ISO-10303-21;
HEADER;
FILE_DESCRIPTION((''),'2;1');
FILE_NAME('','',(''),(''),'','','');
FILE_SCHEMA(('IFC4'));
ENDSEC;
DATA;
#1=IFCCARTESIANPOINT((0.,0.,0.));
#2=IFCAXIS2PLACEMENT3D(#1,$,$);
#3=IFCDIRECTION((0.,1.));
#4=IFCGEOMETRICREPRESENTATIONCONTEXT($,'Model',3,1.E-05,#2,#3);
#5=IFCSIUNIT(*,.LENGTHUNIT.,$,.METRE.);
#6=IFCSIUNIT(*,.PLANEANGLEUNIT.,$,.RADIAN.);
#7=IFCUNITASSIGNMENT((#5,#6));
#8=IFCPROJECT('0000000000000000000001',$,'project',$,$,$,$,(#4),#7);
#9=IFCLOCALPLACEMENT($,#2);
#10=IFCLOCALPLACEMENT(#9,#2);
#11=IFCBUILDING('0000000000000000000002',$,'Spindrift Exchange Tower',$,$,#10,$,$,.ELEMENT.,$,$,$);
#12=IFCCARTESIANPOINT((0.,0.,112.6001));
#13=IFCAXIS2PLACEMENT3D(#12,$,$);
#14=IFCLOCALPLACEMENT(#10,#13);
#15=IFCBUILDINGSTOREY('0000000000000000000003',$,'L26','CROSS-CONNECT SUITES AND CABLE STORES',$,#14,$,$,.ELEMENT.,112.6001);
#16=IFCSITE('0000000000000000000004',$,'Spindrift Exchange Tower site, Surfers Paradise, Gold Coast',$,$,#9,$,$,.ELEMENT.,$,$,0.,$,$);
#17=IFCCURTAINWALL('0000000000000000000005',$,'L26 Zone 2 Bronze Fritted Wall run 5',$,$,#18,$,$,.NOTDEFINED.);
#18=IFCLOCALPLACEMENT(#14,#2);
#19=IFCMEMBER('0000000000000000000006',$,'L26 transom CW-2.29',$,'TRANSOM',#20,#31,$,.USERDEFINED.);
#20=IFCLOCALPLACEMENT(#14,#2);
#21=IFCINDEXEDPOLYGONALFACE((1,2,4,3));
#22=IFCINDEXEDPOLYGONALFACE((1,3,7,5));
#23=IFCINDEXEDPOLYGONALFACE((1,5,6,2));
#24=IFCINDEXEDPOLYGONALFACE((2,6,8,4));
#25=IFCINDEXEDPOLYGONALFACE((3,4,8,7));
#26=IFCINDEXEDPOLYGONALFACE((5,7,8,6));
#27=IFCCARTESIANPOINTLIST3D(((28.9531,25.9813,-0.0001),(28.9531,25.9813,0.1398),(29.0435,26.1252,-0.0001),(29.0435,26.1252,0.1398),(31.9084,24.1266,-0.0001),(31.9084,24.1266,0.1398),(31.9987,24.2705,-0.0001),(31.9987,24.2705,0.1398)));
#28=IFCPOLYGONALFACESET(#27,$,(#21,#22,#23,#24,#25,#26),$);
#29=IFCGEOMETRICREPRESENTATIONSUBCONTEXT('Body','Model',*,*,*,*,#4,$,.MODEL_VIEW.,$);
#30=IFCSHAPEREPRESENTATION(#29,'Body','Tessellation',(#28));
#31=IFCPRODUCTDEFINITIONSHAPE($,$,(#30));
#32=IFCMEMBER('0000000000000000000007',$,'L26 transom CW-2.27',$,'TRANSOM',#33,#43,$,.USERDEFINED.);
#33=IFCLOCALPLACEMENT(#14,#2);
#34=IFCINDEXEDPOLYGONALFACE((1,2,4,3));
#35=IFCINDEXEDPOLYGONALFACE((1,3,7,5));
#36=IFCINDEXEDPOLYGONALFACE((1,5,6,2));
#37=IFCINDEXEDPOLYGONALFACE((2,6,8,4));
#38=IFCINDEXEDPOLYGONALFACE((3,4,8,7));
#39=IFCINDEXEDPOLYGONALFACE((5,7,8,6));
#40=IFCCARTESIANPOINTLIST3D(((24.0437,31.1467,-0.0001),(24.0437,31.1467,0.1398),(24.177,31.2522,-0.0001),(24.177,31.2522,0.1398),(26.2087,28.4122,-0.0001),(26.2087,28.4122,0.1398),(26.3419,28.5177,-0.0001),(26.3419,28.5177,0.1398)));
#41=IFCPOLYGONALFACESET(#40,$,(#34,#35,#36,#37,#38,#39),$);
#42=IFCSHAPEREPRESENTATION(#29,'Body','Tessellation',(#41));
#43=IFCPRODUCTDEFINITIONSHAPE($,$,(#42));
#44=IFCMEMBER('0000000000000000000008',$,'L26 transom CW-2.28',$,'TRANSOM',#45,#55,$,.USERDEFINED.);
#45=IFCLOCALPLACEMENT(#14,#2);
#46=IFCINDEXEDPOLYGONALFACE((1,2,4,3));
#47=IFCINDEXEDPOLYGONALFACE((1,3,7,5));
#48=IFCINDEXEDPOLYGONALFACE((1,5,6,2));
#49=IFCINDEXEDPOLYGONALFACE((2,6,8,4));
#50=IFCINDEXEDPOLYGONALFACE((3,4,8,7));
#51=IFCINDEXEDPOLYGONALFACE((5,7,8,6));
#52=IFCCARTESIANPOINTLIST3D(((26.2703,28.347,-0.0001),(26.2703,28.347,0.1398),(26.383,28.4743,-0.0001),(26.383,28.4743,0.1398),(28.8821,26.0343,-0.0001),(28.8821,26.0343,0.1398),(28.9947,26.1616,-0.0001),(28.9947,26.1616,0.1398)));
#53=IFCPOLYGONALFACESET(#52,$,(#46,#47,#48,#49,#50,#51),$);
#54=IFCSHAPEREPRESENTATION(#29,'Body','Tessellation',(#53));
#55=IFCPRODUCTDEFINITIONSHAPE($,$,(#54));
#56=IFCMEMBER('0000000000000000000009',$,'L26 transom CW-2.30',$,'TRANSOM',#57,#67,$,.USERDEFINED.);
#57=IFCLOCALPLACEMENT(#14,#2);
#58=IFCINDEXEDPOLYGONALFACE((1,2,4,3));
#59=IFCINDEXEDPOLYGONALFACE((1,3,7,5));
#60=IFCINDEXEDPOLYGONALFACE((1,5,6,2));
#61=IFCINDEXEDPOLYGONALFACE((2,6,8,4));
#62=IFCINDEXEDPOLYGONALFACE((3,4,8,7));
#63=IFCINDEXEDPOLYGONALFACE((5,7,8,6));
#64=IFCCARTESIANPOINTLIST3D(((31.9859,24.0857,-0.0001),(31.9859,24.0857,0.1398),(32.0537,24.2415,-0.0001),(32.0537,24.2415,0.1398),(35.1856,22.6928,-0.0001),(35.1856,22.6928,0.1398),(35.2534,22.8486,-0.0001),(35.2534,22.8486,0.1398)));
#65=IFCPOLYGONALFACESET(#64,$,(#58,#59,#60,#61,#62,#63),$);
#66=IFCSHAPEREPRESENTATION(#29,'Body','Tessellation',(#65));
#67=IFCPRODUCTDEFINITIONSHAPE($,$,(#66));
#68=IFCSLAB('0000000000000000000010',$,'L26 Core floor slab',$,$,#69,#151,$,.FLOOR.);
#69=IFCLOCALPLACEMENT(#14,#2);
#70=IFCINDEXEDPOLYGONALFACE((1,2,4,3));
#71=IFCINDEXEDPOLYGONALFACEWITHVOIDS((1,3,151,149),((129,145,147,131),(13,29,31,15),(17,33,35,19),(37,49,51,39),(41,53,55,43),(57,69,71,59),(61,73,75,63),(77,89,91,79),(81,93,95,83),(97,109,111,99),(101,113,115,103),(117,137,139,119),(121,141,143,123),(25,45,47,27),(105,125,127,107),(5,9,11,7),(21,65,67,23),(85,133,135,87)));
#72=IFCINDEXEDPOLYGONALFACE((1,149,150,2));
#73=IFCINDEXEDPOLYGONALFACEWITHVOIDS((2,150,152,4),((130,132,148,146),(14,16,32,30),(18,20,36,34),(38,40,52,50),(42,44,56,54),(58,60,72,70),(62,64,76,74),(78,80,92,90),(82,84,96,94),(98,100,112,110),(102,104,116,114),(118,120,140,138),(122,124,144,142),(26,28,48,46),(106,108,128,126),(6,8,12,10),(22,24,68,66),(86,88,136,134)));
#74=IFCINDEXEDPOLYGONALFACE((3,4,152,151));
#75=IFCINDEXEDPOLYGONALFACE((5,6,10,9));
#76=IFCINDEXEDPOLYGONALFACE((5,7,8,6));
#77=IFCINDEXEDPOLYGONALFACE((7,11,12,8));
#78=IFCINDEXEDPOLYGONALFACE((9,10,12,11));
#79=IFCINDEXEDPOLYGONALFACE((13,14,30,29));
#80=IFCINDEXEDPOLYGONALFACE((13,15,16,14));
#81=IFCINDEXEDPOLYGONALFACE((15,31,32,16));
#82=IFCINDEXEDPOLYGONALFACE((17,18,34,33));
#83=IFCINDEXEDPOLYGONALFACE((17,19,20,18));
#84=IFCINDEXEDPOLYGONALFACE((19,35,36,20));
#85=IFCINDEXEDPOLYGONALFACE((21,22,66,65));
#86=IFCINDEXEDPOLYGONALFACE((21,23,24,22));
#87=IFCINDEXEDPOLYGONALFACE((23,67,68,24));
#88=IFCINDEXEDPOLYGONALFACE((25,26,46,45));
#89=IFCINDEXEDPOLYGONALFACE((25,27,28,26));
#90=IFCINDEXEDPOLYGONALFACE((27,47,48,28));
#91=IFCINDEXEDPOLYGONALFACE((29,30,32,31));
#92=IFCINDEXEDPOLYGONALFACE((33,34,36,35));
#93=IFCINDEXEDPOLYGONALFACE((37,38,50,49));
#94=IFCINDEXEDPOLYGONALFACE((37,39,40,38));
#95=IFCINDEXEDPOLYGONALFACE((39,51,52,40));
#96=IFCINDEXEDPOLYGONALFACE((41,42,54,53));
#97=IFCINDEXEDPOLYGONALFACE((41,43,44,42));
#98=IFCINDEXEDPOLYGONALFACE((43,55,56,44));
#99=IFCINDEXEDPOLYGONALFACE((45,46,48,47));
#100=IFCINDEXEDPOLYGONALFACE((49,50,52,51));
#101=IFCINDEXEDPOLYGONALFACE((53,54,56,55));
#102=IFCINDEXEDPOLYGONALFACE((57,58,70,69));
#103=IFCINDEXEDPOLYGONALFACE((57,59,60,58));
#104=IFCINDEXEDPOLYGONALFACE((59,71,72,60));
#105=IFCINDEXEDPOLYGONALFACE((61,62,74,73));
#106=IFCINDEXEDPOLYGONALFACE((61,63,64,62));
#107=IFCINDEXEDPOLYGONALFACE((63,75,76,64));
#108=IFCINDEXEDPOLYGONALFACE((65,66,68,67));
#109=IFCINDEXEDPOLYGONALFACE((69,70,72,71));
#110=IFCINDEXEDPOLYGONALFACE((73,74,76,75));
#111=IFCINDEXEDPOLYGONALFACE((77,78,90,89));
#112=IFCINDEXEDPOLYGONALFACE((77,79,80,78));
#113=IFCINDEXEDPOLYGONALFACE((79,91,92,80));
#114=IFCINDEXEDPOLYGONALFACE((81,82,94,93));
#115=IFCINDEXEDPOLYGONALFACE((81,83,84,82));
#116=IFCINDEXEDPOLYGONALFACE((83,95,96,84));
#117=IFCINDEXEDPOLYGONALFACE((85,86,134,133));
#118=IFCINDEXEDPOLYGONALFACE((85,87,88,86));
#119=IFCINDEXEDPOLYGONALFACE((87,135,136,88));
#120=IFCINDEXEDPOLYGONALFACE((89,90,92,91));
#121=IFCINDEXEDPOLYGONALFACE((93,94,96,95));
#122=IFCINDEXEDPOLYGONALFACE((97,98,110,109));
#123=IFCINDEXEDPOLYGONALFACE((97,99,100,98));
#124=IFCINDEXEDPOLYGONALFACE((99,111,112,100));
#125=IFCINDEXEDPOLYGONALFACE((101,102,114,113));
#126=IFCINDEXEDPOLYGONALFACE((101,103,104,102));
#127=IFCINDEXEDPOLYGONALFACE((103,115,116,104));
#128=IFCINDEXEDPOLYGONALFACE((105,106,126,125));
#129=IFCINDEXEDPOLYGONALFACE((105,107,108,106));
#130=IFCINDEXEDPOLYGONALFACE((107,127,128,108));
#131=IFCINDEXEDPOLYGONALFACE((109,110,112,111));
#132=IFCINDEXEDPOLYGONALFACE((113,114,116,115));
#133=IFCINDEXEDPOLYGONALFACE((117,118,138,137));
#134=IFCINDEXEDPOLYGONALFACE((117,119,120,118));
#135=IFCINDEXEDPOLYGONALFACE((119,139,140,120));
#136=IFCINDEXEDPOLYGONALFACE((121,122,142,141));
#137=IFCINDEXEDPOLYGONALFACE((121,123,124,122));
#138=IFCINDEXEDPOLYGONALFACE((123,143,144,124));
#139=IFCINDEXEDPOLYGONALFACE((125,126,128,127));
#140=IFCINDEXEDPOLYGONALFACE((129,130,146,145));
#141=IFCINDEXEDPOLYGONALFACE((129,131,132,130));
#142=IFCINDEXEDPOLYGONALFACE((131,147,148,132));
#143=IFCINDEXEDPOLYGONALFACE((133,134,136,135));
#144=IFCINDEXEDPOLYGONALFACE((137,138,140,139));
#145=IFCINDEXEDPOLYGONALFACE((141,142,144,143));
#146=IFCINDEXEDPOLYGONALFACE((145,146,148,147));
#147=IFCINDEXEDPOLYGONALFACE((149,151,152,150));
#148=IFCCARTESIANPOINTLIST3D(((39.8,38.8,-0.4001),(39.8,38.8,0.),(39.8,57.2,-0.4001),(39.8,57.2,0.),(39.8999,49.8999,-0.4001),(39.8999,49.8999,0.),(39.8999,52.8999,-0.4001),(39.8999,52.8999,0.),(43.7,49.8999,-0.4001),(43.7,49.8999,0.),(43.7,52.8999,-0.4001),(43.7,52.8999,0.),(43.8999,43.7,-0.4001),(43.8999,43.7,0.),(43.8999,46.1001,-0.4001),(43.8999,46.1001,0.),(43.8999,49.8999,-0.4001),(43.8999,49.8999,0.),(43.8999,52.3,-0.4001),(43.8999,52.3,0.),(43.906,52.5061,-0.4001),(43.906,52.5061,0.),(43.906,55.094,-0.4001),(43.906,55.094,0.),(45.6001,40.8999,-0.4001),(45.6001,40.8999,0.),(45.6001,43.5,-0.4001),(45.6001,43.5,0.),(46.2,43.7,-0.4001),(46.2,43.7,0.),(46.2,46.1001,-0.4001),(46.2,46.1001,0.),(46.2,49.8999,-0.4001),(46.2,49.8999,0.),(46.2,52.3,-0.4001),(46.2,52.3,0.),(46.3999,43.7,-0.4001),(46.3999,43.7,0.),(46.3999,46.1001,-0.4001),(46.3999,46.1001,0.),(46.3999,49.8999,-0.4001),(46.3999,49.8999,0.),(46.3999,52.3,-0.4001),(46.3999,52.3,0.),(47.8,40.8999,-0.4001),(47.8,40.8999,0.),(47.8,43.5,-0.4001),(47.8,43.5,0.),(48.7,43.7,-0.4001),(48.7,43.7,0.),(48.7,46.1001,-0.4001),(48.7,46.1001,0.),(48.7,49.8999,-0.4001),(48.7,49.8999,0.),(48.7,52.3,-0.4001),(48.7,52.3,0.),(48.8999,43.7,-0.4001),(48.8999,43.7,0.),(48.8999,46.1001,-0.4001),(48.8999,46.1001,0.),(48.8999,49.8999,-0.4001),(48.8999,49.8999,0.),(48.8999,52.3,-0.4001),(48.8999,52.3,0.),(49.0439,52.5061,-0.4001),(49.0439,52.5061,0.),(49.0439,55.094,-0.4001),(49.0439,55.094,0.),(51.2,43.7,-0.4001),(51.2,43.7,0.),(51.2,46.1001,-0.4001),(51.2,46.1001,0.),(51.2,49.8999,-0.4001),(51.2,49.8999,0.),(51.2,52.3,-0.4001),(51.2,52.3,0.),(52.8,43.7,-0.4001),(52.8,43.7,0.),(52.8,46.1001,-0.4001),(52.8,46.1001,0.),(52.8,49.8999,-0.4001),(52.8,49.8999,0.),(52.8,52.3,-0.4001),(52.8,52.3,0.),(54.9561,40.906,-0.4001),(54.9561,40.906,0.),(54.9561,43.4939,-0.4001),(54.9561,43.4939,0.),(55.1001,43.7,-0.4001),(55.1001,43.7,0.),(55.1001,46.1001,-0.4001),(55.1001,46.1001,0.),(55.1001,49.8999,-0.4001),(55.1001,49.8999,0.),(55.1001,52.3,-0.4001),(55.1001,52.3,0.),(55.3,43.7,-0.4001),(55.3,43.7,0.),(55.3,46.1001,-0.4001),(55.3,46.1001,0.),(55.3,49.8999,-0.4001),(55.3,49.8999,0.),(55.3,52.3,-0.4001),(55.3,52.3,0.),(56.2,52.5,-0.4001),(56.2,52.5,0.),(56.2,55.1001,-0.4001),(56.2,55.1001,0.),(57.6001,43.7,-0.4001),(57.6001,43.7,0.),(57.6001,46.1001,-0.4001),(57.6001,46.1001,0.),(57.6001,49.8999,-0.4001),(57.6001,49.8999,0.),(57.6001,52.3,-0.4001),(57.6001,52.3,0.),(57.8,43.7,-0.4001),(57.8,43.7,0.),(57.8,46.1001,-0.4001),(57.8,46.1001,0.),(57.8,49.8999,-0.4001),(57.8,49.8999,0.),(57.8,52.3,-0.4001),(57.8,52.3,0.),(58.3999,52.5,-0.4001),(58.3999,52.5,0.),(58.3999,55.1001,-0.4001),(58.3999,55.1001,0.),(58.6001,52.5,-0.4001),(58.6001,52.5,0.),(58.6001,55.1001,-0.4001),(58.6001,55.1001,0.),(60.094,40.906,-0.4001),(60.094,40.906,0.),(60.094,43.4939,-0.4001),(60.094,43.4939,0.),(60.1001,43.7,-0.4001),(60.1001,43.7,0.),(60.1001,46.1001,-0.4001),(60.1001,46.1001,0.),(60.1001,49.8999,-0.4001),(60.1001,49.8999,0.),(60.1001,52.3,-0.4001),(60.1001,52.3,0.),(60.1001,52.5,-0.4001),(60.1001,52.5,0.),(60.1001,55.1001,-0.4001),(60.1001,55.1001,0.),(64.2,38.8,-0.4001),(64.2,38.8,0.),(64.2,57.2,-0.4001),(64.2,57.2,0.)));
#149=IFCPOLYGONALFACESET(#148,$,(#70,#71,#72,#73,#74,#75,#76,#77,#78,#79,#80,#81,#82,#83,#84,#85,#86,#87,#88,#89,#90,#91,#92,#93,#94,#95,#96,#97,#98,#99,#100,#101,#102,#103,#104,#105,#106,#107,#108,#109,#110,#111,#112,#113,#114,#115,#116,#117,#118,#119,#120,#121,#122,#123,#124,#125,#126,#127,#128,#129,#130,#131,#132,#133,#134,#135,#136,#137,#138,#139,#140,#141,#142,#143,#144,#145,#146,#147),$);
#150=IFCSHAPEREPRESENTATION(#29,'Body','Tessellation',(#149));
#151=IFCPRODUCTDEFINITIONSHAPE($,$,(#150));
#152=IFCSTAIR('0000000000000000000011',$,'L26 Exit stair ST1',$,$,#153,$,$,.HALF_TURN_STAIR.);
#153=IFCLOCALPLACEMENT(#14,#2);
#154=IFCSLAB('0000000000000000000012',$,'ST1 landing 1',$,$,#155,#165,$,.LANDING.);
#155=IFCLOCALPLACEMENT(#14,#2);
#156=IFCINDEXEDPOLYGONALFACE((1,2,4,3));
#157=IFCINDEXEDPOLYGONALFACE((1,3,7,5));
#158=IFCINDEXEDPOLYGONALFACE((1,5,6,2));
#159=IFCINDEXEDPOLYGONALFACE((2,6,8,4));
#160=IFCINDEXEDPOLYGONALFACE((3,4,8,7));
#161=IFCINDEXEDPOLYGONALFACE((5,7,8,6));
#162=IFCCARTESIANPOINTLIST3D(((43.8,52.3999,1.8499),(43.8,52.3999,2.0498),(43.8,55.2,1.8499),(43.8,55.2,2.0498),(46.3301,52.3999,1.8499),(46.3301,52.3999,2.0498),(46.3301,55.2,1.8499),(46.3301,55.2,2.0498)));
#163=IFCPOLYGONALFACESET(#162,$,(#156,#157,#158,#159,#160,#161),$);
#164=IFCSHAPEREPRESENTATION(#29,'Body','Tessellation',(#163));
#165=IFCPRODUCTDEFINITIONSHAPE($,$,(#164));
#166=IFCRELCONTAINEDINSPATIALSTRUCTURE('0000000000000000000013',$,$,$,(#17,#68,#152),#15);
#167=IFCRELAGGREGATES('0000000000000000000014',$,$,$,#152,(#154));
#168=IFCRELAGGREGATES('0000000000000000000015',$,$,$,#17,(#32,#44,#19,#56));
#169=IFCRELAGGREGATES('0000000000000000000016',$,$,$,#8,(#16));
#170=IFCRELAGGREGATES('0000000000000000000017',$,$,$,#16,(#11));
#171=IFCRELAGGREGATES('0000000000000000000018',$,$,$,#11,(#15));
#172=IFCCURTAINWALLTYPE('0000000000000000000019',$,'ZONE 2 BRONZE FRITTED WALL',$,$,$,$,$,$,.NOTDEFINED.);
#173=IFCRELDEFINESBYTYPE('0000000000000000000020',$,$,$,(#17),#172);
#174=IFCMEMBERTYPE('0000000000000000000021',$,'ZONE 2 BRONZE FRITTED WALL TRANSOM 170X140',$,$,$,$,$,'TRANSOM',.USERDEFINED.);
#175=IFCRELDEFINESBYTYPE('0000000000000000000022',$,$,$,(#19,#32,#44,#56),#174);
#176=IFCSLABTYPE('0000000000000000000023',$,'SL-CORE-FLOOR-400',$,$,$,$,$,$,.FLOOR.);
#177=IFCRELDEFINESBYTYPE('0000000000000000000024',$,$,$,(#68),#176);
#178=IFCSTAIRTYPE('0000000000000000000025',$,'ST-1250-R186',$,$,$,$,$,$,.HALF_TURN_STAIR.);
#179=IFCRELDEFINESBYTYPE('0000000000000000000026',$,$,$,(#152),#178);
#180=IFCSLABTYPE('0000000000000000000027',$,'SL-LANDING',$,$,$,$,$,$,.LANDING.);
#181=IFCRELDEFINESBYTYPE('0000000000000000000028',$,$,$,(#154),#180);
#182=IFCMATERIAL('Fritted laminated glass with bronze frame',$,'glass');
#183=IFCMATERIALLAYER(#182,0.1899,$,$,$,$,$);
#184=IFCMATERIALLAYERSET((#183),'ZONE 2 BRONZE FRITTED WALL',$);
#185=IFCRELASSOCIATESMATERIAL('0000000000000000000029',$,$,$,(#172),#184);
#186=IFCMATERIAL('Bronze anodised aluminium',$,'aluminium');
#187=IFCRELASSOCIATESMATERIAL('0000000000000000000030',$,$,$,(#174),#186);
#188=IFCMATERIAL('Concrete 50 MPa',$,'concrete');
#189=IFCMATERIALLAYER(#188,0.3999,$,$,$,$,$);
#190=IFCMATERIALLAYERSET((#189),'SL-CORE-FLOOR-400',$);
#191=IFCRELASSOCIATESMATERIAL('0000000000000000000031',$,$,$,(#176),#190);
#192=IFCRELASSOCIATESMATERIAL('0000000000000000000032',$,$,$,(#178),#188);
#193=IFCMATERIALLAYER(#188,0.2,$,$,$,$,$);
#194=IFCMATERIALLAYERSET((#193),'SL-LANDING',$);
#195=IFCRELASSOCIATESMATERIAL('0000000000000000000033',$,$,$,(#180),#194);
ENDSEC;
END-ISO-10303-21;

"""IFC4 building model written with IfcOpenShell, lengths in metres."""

from ifc_helpers import new_model, si_unit, direction, frame, origin, origin_2d, place, context, subcontext, project, spatial, line, indexed_curve, rectangle, outline, extrude, source, transform, mapped, material, layer, layer_set, material_profile, profile_set, type_object, element, aggregate, save


model = new_model("IFC4")

# Units and contexts
model_context = context("Model", 3, precision=1e-05, world=origin(), true_north=direction((0.0, 1.0)))
body_context = subcontext(model_context, "Body", "Model", "MODEL_VIEW")
ifc_project = project(units=[si_unit("LENGTHUNIT", "METRE"), si_unit("PLANEANGLEUNIT", "RADIAN")], contexts=[model_context])

# Site, building, storey
site_placement = place(None, origin())
site = spatial("IfcSite", under=ifc_project, at=site_placement, Name="Spindrift Exchange Tower site, Surfers Paradise, Gold Coast", CompositionType="ELEMENT", RefElevation=0.0)
building_placement = place(site_placement, origin())
building = spatial("IfcBuilding", under=site, at=building_placement, Name="Spindrift Exchange Tower", CompositionType="ELEMENT")
storey_placement = place(building_placement, frame((0.0, 0.0, 112.6001)))
storey = spatial("IfcBuildingStorey", under=building, at=storey_placement, Name="L26", Description="CROSS-CONNECT SUITES AND CABLE STORES", CompositionType="ELEMENT", Elevation=112.6001)

# Curtain wall
ifc_material_1 = material(Name="Fritted laminated glass with bronze frame", Category="glass")
ifc_layer_1 = layer(ifc_material_1, 0.1899)
ifc_layer_set_1 = layer_set([ifc_layer_1], Name="ZONE 2 BRONZE FRITTED WALL")
curtain_wall_type = type_object("IfcCurtainWallType", Name="ZONE 2 BRONZE FRITTED WALL", PredefinedType="NOTDEFINED", material=ifc_layer_set_1)
curtain_wall_1_placement = place(storey_placement, origin())
curtain_wall_1 = element("IfcCurtainWall", 1, at=curtain_wall_1_placement, inside=storey, type_object=curtain_wall_type, Name="L26 Zone 2 Bronze Fritted Wall run 5", PredefinedType="NOTDEFINED")
ifc_material_2 = material(Name="Bronze anodised aluminium", Category="aluminium")
ifc_material_profile_1 = material_profile(ifc_material_2, rectangle(XDim=0.1699, YDim=0.1399, at=origin_2d()), Name="ZONE 2 BRONZE FRITTED WALL TRANSOM 170X140")
ifc_profile_set_1 = profile_set([ifc_material_profile_1], Name="Bronze anodised aluminium")
member_type_1 = type_object("IfcMemberType", Name="ZONE 2 BRONZE FRITTED WALL TRANSOM 170X140", ElementType="TRANSOM", PredefinedType="USERDEFINED", material=ifc_profile_set_1)

# Members
shared_shape_1 = source(origin(), body_context, "Body", "SweptSolid", [
    extrude(rectangle(XDim=0.1699, YDim=0.1399, at=origin_2d()), origin(), (0.0, 0.0, 1.0), 3.489),
])
member_1_placement = place(storey_placement, frame((28.9983, 26.0532, 0.0698), z_axis=(0.84701, -0.531577, 0.0), x_axis=(0.531577, 0.84701, 0.0)))
member_1 = element("IfcMember", 2, at=member_1_placement, type_object=member_type_1, Name="L26 transom CW-2.29", ObjectType="TRANSOM", PredefinedType="USERDEFINED", context=body_context, shape_type="MappedRepresentation", body=[
    mapped(shared_shape_1, transform((0.0, 0.0, 0.0), scale=1.0)),
])
shared_shape_2 = source(origin(), body_context, "Body", "SweptSolid", [
    extrude(rectangle(XDim=0.1699, YDim=0.1399, at=origin_2d()), origin(), (0.0, 0.0, 1.0), 3.4878),
])
member_2_placement = place(storey_placement, frame((24.1104, 31.1995, 0.0698), z_axis=(0.620726, -0.784027, 0.0), x_axis=(0.784027, 0.620726, 0.0)))
member_2 = element("IfcMember", 3, at=member_2_placement, type_object=member_type_1, Name="L26 transom CW-2.27", ObjectType="TRANSOM", PredefinedType="USERDEFINED", context=body_context, shape_type="MappedRepresentation", body=[
    mapped(shared_shape_2, transform((0.0, 0.0, 0.0), scale=1.0)),
])
shared_shape_3 = source(origin(), body_context, "Body", "SweptSolid", [
    extrude(rectangle(XDim=0.1699, YDim=0.1399, at=origin_2d()), origin(), (0.0, 0.0, 1.0), 3.4885),
])
member_3_placement = place(storey_placement, frame((26.3267, 28.4106, 0.0698), z_axis=(0.748671, -0.662942, 0.0), x_axis=(0.662942, 0.748671, 0.0)))
member_3 = element("IfcMember", 4, at=member_3_placement, type_object=member_type_1, Name="L26 transom CW-2.28", ObjectType="TRANSOM", PredefinedType="USERDEFINED", context=body_context, shape_type="MappedRepresentation", body=[
    mapped(shared_shape_3, transform((0.0, 0.0, 0.0), scale=1.0)),
])
shared_shape_4 = source(origin(), body_context, "Body", "SweptSolid", [
    extrude(rectangle(XDim=0.1699, YDim=0.1399, at=origin_2d()), origin(), (0.0, 0.0, 1.0), 3.4897),
])
member_4_placement = place(storey_placement, frame((32.0198, 24.1636, 0.0698), z_axis=(0.916898, -0.399123, 0.0), x_axis=(0.399123, 0.916898, 0.0)))
member_4 = element("IfcMember", 5, at=member_4_placement, type_object=member_type_1, Name="L26 transom CW-2.30", ObjectType="TRANSOM", PredefinedType="USERDEFINED", context=body_context, shape_type="MappedRepresentation", body=[
    mapped(shared_shape_4, transform((0.0, 0.0, 0.0), scale=1.0)),
])

# Slab
ifc_material_3 = material(Name="Concrete 50 MPa", Category="concrete")
ifc_layer_2 = layer(ifc_material_3, 0.3999)
ifc_layer_set_2 = layer_set([ifc_layer_2], Name="SL-CORE-FLOOR-400")
slab_type_1 = type_object("IfcSlabType", Name="SL-CORE-FLOOR-400", PredefinedType="FLOOR", material=ifc_layer_set_2)
slab_1_placement = place(storey_placement, frame((0.0, 0.0, -0.4001)))
element("IfcSlab", 6, at=slab_1_placement, inside=storey, type_object=slab_type_1, Name="L26 Core floor slab", PredefinedType="FLOOR", context=body_context, shape_type="SweptSolid", body=[
    extrude(outline(indexed_curve([(39.8, 38.8), (39.8, 57.2), (64.2, 57.2), (64.2, 38.8)], segments=[line(1, 2, 3, 4, 1)], self_intersect=False), holes=[indexed_curve([(47.8, 43.5), (45.6001, 43.5), (45.6001, 40.8999), (47.8, 40.8999)], segments=[line(1, 2, 3, 4, 1)], self_intersect=False), indexed_curve([(46.2, 46.1001), (43.8999, 46.1001), (43.8999, 43.7), (46.2, 43.7)], segments=[line(1, 2, 3, 4, 1)], self_intersect=False), indexed_curve([(48.7, 46.1001), (46.3999, 46.1001), (46.3999, 43.7), (48.7, 43.7)], segments=[line(1, 2, 3, 4, 1)], self_intersect=False), indexed_curve([(51.2, 46.1001), (48.8999, 46.1001), (48.8999, 43.7), (51.2, 43.7)], segments=[line(1, 2, 3, 4, 1)], self_intersect=False), indexed_curve([(46.2, 52.3), (43.8999, 52.3), (43.8999, 49.8999), (46.2, 49.8999)], segments=[line(1, 2, 3, 4, 1)], self_intersect=False), indexed_curve([(48.7, 52.3), (46.3999, 52.3), (46.3999, 49.8999), (48.7, 49.8999)], segments=[line(1, 2, 3, 4, 1)], self_intersect=False), indexed_curve([(51.2, 52.3), (48.8999, 52.3), (48.8999, 49.8999), (51.2, 49.8999)], segments=[line(1, 2, 3, 4, 1)], self_intersect=False), indexed_curve([(43.7, 49.8999), (43.7, 52.8999), (39.8999, 52.8999), (39.8999, 49.8999)], segments=[line(1, 2, 3, 4, 1)], self_intersect=False), indexed_curve([(49.0439, 55.094), (43.906, 55.094), (43.906, 52.5061), (49.0439, 52.5061)], segments=[line(1, 2, 3, 4, 1)], self_intersect=False), indexed_curve([(60.094, 40.906), (60.094, 43.4939), (54.9561, 43.4939), (54.9561, 40.906)], segments=[line(1, 2, 3, 4, 1)], self_intersect=False), indexed_curve([(55.1001, 46.1001), (52.8, 46.1001), (52.8, 43.7), (55.1001, 43.7)], segments=[line(1, 2, 3, 4, 1)], self_intersect=False), indexed_curve([(57.6001, 46.1001), (55.3, 46.1001), (55.3, 43.7), (57.6001, 43.7)], segments=[line(1, 2, 3, 4, 1)], self_intersect=False), indexed_curve([(60.1001, 46.1001), (57.8, 46.1001), (57.8, 43.7), (60.1001, 43.7)], segments=[line(1, 2, 3, 4, 1)], self_intersect=False), indexed_curve([(55.1001, 52.3), (52.8, 52.3), (52.8, 49.8999), (55.1001, 49.8999)], segments=[line(1, 2, 3, 4, 1)], self_intersect=False), indexed_curve([(57.6001, 52.3), (55.3, 52.3), (55.3, 49.8999), (57.6001, 49.8999)], segments=[line(1, 2, 3, 4, 1)], self_intersect=False), indexed_curve([(60.1001, 52.3), (57.8, 52.3), (57.8, 49.8999), (60.1001, 49.8999)], segments=[line(1, 2, 3, 4, 1)], self_intersect=False), indexed_curve([(58.3999, 52.5), (58.3999, 55.1001), (56.2, 55.1001), (56.2, 52.5)], segments=[line(1, 2, 3, 4, 1)], self_intersect=False), indexed_curve([(60.1001, 52.5), (60.1001, 55.1001), (58.6001, 55.1001), (58.6001, 52.5)], segments=[line(1, 2, 3, 4, 1)], self_intersect=False)]), origin(), (0.0, 0.0, 1.0), 0.4001),
])

# Stair, slab
stair_type = type_object("IfcStairType", Name="ST-1250-R186", PredefinedType="HALF_TURN_STAIR", material=ifc_material_3)
stair_1_placement = place(storey_placement, origin())
stair_1 = element("IfcStair", 7, at=stair_1_placement, inside=storey, type_object=stair_type, Name="L26 Exit stair ST1", PredefinedType="HALF_TURN_STAIR")
ifc_layer_3 = layer(ifc_material_3, 0.2)
ifc_layer_set_3 = layer_set([ifc_layer_3], Name="SL-LANDING")
slab_type_2 = type_object("IfcSlabType", Name="SL-LANDING", PredefinedType="LANDING", material=ifc_layer_set_3)
slab_2_placement = place(storey_placement, frame((0.0, 0.0, 1.8499)))
slab_2 = element("IfcSlab", 8, at=slab_2_placement, type_object=slab_type_2, Name="ST1 landing 1", PredefinedType="LANDING", context=body_context, shape_type="SweptSolid", body=[
    extrude(outline(indexed_curve([(46.3301, 52.3999), (43.8, 52.3999), (43.8, 55.2), (46.3301, 55.2)], segments=[line(1, 2, 3, 4, 1)], self_intersect=False)), origin(), (0.0, 0.0, 1.0), 0.2),
])
aggregate(stair_1, [slab_2])

aggregate(curtain_wall_1, [member_2, member_3, member_1, member_4])

save(model, "model.ifc")
